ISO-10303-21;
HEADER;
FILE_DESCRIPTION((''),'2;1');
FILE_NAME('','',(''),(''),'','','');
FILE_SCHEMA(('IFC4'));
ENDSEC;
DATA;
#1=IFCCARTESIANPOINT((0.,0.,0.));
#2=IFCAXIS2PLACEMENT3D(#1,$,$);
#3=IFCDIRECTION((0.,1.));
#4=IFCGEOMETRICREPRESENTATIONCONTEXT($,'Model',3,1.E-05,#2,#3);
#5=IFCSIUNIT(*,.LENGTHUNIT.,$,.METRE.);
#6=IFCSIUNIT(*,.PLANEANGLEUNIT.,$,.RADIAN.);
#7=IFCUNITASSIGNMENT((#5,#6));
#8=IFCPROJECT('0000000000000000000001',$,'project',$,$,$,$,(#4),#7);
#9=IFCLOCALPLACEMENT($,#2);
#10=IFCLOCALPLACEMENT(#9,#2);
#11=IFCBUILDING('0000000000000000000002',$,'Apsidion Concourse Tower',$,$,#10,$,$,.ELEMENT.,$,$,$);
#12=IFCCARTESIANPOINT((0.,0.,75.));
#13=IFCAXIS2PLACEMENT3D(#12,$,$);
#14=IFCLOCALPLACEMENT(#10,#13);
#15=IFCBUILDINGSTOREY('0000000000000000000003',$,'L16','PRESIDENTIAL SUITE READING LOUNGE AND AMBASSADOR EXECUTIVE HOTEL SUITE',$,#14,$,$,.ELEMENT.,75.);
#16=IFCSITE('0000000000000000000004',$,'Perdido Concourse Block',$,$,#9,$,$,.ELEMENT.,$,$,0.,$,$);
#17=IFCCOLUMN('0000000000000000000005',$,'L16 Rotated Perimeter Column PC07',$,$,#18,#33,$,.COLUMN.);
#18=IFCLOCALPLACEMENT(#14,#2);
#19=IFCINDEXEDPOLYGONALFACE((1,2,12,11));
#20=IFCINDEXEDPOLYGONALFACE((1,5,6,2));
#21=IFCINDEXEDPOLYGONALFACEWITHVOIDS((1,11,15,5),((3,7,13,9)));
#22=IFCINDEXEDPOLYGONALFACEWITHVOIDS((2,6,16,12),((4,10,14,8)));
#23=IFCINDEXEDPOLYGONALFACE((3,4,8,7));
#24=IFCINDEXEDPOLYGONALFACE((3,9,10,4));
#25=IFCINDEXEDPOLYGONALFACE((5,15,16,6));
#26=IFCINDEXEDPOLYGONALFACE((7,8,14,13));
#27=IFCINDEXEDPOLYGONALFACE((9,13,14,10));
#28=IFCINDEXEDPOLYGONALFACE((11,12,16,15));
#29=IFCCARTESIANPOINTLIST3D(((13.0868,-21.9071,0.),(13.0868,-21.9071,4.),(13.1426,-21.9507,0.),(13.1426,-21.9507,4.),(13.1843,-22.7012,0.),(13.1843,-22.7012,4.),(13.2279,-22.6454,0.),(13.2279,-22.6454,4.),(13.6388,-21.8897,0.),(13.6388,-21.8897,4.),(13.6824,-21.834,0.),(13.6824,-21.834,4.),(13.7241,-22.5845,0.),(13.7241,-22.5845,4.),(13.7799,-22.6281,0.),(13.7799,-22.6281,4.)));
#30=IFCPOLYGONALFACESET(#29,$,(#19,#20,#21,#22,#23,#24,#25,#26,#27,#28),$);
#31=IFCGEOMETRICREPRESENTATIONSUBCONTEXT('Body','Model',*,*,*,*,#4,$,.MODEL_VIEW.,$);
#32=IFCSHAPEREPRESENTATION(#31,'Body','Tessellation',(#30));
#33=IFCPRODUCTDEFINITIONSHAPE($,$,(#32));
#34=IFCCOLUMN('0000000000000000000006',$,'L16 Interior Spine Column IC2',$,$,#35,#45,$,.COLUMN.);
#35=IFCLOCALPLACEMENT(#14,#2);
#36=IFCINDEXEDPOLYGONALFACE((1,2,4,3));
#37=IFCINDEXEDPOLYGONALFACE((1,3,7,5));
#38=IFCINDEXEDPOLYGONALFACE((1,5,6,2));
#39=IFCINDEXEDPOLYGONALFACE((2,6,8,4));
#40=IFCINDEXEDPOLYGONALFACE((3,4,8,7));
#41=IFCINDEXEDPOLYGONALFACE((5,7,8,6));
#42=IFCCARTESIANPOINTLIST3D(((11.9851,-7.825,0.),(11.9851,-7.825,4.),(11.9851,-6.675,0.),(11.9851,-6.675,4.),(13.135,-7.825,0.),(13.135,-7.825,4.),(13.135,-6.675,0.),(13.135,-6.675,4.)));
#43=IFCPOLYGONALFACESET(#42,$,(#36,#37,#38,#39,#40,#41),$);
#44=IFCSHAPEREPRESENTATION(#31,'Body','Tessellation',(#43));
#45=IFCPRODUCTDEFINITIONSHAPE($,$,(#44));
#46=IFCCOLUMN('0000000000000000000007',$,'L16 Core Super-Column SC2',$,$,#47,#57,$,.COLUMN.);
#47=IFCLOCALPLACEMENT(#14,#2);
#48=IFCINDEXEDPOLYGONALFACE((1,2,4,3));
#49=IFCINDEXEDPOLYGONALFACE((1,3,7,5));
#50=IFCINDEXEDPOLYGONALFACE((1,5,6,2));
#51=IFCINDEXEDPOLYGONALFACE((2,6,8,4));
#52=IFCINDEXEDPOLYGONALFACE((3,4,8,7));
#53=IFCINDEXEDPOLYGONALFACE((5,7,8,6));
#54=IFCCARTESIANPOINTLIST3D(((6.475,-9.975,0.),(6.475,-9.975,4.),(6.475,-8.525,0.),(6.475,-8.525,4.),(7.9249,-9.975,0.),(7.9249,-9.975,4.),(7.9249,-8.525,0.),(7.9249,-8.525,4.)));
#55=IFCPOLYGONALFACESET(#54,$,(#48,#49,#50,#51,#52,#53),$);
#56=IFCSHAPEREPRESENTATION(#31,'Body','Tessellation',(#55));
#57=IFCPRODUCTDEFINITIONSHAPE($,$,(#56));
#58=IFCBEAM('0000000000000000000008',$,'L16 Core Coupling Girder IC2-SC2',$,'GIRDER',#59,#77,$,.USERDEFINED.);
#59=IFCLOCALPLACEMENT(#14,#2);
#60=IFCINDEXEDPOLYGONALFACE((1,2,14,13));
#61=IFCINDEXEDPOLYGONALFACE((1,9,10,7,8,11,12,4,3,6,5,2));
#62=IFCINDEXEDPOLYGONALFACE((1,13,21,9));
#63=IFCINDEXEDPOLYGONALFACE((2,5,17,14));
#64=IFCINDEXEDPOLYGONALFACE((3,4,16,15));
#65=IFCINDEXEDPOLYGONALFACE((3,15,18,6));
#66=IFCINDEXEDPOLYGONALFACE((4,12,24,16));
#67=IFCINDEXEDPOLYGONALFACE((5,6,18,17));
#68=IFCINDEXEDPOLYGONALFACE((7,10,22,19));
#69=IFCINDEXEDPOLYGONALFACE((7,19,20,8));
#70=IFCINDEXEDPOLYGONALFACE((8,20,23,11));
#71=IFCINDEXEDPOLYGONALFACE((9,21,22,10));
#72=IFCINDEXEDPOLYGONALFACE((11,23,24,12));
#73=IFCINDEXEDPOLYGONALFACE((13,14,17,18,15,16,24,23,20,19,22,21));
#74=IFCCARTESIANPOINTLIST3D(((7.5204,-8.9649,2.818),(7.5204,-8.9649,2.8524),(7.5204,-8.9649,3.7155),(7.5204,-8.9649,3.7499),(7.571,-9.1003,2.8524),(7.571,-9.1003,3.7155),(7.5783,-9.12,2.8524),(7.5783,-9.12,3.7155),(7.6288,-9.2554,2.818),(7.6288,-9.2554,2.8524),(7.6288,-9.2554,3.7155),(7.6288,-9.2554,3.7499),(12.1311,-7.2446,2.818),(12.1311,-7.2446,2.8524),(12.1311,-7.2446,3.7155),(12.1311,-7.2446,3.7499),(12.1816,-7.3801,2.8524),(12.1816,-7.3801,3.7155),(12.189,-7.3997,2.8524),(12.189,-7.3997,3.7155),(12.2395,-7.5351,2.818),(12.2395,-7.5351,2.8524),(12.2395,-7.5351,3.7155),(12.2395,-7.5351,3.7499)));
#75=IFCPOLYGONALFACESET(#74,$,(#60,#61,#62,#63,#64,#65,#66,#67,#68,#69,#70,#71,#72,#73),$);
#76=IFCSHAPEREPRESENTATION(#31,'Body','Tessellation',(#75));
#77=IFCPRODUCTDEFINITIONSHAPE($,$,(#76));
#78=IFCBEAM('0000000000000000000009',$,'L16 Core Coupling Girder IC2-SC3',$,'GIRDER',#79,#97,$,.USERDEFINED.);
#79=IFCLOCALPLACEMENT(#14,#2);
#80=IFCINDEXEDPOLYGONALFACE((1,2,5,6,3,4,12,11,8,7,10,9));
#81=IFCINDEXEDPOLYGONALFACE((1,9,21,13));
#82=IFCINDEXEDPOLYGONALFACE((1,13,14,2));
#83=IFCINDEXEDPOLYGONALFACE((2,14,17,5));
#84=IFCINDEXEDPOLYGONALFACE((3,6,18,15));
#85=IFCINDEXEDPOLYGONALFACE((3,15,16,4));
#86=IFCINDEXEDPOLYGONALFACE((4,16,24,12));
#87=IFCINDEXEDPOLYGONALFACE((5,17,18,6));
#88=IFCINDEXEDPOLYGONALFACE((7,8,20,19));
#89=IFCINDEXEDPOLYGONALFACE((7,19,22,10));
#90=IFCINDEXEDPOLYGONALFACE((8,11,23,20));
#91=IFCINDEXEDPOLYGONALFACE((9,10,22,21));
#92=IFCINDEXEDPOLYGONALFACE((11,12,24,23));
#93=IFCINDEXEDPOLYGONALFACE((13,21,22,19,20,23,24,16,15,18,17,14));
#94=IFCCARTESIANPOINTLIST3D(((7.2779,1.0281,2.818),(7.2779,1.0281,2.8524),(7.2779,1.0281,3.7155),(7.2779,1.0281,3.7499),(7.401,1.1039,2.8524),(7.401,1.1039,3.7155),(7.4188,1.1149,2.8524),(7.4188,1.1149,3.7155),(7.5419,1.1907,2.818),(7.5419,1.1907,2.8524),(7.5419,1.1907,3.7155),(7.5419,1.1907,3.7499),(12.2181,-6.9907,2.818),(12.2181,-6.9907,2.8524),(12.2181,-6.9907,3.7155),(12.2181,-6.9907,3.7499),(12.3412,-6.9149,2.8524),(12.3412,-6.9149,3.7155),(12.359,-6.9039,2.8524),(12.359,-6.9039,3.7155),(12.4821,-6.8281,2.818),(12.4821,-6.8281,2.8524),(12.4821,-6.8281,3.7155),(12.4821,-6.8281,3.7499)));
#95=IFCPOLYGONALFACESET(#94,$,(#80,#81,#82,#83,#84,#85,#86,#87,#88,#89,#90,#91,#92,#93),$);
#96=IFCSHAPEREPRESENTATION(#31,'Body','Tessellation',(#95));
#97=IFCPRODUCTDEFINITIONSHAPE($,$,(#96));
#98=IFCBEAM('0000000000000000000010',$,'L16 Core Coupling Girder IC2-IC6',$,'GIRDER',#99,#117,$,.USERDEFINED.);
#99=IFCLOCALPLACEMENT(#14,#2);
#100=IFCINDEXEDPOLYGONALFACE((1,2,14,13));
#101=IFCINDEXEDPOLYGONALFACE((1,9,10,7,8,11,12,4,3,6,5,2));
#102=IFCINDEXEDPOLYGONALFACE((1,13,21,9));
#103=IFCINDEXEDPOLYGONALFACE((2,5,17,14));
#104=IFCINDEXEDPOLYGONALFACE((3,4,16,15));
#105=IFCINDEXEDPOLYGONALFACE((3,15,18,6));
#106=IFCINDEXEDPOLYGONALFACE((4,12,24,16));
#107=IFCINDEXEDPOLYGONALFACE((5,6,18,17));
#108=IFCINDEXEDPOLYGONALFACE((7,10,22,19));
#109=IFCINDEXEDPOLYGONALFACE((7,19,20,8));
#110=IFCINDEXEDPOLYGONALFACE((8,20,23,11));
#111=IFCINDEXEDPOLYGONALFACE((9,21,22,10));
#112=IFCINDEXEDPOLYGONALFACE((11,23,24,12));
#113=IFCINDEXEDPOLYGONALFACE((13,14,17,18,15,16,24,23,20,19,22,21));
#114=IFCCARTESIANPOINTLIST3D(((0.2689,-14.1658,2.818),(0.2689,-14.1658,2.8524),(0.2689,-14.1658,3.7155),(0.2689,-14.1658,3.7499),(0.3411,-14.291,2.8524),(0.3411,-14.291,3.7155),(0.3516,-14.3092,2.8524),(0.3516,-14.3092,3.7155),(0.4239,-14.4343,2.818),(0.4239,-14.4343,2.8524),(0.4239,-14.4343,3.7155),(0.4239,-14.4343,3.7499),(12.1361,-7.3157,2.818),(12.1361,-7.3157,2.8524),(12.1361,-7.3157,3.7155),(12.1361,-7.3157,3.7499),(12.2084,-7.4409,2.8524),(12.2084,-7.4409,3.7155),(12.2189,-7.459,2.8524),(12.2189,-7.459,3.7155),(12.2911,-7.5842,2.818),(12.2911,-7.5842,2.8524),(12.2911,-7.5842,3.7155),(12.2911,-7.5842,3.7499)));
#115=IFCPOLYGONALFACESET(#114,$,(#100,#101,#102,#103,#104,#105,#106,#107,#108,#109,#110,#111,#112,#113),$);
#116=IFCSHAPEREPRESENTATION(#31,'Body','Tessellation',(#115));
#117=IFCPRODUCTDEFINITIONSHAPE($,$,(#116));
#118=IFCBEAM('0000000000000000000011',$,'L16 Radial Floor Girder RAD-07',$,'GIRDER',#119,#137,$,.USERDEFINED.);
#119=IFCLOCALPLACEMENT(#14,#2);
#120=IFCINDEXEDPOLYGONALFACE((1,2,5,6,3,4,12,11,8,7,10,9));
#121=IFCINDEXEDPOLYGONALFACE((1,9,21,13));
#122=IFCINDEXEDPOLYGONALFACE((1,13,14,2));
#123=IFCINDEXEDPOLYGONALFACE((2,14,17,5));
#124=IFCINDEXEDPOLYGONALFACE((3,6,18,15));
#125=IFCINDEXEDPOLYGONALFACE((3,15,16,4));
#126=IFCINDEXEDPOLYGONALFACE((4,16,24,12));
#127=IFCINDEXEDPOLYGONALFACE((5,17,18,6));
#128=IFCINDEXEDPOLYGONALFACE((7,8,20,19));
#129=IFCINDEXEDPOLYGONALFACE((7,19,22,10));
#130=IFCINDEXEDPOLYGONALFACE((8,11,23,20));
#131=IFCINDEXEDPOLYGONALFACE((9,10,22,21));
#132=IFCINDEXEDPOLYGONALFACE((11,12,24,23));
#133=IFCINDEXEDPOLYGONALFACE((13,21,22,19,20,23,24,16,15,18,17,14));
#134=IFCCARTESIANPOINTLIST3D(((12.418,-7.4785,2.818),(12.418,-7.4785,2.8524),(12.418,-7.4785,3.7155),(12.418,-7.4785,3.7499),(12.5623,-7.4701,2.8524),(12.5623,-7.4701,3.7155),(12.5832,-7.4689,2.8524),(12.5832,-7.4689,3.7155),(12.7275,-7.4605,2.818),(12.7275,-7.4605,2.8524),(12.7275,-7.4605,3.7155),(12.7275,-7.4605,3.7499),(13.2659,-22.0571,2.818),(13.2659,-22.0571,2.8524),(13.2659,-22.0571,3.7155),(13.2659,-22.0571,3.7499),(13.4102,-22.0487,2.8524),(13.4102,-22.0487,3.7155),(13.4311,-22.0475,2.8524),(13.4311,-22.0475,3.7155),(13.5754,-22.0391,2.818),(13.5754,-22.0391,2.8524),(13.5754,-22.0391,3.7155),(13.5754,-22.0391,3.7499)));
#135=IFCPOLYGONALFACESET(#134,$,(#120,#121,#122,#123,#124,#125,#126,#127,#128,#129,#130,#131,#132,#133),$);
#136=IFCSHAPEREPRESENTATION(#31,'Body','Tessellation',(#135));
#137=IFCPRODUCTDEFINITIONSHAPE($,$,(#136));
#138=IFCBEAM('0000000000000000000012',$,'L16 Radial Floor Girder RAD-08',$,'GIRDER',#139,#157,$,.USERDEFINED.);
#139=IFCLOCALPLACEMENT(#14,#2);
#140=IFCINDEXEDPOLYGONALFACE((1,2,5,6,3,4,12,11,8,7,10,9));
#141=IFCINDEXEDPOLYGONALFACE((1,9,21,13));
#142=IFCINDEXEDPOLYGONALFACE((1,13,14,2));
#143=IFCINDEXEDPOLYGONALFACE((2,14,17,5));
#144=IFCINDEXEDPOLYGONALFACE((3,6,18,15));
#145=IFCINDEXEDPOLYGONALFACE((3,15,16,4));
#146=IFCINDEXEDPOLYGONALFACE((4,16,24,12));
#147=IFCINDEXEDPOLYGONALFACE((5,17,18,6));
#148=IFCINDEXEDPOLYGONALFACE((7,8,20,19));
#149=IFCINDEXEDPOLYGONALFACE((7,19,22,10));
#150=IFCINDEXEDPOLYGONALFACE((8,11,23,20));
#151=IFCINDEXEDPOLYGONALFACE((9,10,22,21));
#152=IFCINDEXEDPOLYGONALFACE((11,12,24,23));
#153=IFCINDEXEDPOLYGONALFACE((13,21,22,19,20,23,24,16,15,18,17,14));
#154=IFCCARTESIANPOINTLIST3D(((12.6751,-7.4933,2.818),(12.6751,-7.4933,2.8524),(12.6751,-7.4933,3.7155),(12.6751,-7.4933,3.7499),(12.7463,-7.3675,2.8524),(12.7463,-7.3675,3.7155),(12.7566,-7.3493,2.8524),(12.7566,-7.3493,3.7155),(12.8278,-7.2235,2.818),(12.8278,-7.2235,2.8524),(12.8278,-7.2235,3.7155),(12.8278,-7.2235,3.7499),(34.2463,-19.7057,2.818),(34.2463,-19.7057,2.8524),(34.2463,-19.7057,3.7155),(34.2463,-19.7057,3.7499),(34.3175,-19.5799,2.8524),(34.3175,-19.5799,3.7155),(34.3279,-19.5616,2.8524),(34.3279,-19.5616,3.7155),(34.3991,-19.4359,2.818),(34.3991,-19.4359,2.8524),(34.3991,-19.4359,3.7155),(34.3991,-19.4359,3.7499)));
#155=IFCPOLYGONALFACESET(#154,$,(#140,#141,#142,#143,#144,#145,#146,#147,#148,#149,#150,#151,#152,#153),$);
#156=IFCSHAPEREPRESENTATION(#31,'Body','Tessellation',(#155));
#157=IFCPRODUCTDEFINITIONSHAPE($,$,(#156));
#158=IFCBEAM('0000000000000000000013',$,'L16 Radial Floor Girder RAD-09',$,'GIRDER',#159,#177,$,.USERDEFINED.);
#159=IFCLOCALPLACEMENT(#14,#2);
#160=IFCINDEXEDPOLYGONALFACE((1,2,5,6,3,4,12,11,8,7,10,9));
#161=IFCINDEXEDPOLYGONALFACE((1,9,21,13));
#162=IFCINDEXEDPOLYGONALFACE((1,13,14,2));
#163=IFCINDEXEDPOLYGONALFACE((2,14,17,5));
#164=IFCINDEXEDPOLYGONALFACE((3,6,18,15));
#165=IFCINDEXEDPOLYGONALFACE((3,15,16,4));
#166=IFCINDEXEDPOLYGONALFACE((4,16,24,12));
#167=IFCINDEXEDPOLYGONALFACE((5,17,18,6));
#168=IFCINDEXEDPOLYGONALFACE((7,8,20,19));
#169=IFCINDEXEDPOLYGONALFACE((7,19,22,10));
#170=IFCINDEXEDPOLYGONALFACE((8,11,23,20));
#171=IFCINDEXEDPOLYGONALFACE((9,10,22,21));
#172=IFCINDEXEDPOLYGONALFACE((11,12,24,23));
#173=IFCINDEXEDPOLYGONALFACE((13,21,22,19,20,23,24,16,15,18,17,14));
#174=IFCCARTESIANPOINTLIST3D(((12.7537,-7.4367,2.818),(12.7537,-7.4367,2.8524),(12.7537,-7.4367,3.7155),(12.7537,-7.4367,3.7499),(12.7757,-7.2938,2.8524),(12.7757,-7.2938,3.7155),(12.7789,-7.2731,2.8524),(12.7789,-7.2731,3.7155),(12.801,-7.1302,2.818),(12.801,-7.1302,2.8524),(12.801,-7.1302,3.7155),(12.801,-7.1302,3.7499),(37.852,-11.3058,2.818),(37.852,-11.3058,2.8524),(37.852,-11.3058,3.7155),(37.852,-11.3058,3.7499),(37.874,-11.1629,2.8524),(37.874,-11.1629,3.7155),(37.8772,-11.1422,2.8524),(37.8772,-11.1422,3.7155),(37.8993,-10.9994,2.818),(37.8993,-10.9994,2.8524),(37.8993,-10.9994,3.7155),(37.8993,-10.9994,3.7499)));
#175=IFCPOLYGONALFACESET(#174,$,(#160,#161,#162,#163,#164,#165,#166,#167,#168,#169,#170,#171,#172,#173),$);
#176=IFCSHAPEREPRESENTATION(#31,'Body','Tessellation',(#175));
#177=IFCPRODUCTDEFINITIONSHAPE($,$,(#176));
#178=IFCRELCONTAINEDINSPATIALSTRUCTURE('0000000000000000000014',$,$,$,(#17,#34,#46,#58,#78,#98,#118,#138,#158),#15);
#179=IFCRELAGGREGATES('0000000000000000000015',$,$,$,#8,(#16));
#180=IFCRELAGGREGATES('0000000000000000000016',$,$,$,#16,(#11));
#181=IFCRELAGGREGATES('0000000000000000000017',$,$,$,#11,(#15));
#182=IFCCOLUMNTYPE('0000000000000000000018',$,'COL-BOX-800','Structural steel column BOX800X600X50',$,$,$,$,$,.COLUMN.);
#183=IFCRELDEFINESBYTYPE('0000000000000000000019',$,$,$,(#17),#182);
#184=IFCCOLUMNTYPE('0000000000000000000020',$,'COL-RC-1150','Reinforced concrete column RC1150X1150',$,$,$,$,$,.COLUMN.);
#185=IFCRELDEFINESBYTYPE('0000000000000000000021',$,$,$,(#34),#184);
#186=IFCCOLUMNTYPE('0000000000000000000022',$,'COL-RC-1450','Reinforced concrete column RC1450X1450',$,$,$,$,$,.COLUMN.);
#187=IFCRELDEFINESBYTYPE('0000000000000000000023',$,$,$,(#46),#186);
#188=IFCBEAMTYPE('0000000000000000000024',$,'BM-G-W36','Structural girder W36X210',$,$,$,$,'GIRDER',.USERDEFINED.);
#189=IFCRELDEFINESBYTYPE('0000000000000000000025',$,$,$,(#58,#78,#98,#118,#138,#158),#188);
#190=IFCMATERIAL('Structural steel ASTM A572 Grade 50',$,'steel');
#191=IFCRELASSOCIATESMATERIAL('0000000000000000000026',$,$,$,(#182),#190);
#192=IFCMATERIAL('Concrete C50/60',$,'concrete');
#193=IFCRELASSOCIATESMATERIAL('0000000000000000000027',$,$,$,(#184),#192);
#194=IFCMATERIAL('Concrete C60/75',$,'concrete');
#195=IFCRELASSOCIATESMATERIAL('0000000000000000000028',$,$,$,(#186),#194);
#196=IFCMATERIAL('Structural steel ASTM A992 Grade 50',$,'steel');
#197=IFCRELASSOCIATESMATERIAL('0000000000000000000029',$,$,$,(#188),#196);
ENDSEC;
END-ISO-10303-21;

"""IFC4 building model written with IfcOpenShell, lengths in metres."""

from ifc_helpers import new_model, si_unit, direction, frame, origin, origin_2d, place, context, subcontext, project, spatial, rectangle, hollow_rectangle, i_section, extrude, material, material_profile, profile_set, type_object, element, save


model = new_model("IFC4")

# Units and contexts
model_context = context("Model", 3, precision=1e-05, world=origin(), true_north=direction((0.0, 1.0)))
body_context = subcontext(model_context, "Body", "Model", "MODEL_VIEW")
ifc_project = project(units=[si_unit("LENGTHUNIT", "METRE"), si_unit("PLANEANGLEUNIT", "RADIAN")], contexts=[model_context])

# Site, building, storey
site_placement = place(None, origin())
site = spatial("IfcSite", under=ifc_project, at=site_placement, Name="Perdido Concourse Block", CompositionType="ELEMENT", RefElevation=0.0)
building_placement = place(site_placement, origin())
building = spatial("IfcBuilding", under=site, at=building_placement, Name="Apsidion Concourse Tower", CompositionType="ELEMENT")
storey_placement = place(building_placement, frame((0.0, 0.0, 75.0)))
storey = spatial("IfcBuildingStorey", under=building, at=storey_placement, Name="L16", Description="PRESIDENTIAL SUITE READING LOUNGE AND AMBASSADOR EXECUTIVE HOTEL SUITE", CompositionType="ELEMENT", Elevation=75.0)

# Columns
ifc_material_1 = material(Name="Structural steel ASTM A572 Grade 50", Category="steel")
ifc_material_profile_1 = material_profile(ifc_material_1, hollow_rectangle(XDim=0.6001, YDim=0.8, WallThickness=0.05, at=origin_2d()), Name="BOX800X600X50")
ifc_profile_set_1 = profile_set([ifc_material_profile_1], Name="Structural steel ASTM A572 Grade 50")
column_type_1 = type_object("IfcColumnType", Name="COL-BOX-800", Description="Structural steel column BOX800X600X50", PredefinedType="COLUMN", material=ifc_profile_set_1)
column_1_placement = place(storey_placement, frame((13.4333, -22.2676, 0.0), z_axis=(0.0, 0.0, 1.0), x_axis=(0.992546, 0.121869, 0.0)))
element("IfcColumn", 1, at=column_1_placement, inside=storey, type_object=column_type_1, Name="L16 Rotated Perimeter Column PC07", PredefinedType="COLUMN", context=body_context, shape_type="SweptSolid", body=[
    extrude(hollow_rectangle(XDim=0.6001, YDim=0.8, WallThickness=0.05, at=origin_2d()), origin(), (0.0, 0.0, 1.0), 4.0),
])
ifc_material_2 = material(Name="Concrete C50/60", Category="concrete")
ifc_material_profile_2 = material_profile(ifc_material_2, rectangle(XDim=1.1499, YDim=1.1499, at=origin_2d()), Name="RC 1150x1150")
ifc_profile_set_2 = profile_set([ifc_material_profile_2], Name="Concrete C50/60")
column_type_2 = type_object("IfcColumnType", Name="COL-RC-1150", Description="Reinforced concrete column RC1150X1150", PredefinedType="COLUMN", material=ifc_profile_set_2)
column_2_placement = place(storey_placement, frame((12.5601, -7.25, 0.0), z_axis=(0.0, 0.0, 1.0), x_axis=(1.0, 0.0, 0.0)))
element("IfcColumn", 2, at=column_2_placement, inside=storey, type_object=column_type_2, Name="L16 Interior Spine Column IC2", PredefinedType="COLUMN", context=body_context, shape_type="SweptSolid", body=[
    extrude(rectangle(XDim=1.1499, YDim=1.1499, at=origin_2d()), origin(), (0.0, 0.0, 1.0), 4.0),
])
ifc_material_3 = material(Name="Concrete C60/75", Category="concrete")
ifc_material_profile_3 = material_profile(ifc_material_3, rectangle(XDim=1.45, YDim=1.45, at=origin_2d()), Name="RC 1450x1450")
ifc_profile_set_3 = profile_set([ifc_material_profile_3], Name="Concrete C60/75")
column_type_3 = type_object("IfcColumnType", Name="COL-RC-1450", Description="Reinforced concrete column RC1450X1450", PredefinedType="COLUMN", material=ifc_profile_set_3)
column_3_placement = place(storey_placement, frame((7.2, -9.25, 0.0), z_axis=(0.0, 0.0, 1.0), x_axis=(1.0, 0.0, 0.0)))
element("IfcColumn", 3, at=column_3_placement, inside=storey, type_object=column_type_3, Name="L16 Core Super-Column SC2", PredefinedType="COLUMN", context=body_context, shape_type="SweptSolid", body=[
    extrude(rectangle(XDim=1.45, YDim=1.45, at=origin_2d()), origin(), (0.0, 0.0, 1.0), 4.0),
])

# Beams
ifc_material_4 = material(Name="Structural steel ASTM A992 Grade 50", Category="steel")
ifc_material_profile_4 = material_profile(ifc_material_4, i_section(OverallWidth=0.3101, OverallDepth=0.9319, WebThickness=0.021, FlangeThickness=0.0344, at=origin_2d()), Name="W36X210")
ifc_profile_set_4 = profile_set([ifc_material_profile_4], Name="Structural steel ASTM A992 Grade 50")
beam_type_1 = type_object("IfcBeamType", Name="BM-G-W36", Description="Structural girder W36X210", ElementType="GIRDER", PredefinedType="USERDEFINED", material=ifc_profile_set_4)
beam_1_placement = place(storey_placement, frame((12.1853, -7.3899, 3.2839), z_axis=(-0.936913, -0.349563, 0.0), x_axis=(0.349563, -0.936913, 0.0)))
element("IfcBeam", 4, at=beam_1_placement, inside=storey, type_object=beam_type_1, Name="L16 Core Coupling Girder IC2-SC2", ObjectType="GIRDER", PredefinedType="USERDEFINED", context=body_context, shape_type="SweptSolid", body=[
    extrude(i_section(OverallWidth=0.3101, OverallDepth=0.9319, WebThickness=0.021, FlangeThickness=0.0344, at=origin_2d()), origin(), (0.0, 0.0, 1.0), 4.9211),
])
beam_2_placement = place(storey_placement, frame((12.3501, -6.9094, 3.2839), z_axis=(-0.524524, 0.851396, 0.0), x_axis=(-0.851396, -0.524524, 0.0)))
element("IfcBeam", 5, at=beam_2_placement, inside=storey, type_object=beam_type_1, Name="L16 Core Coupling Girder IC2-SC3", ObjectType="GIRDER", PredefinedType="USERDEFINED", context=body_context, shape_type="SweptSolid", body=[
    extrude(i_section(OverallWidth=0.3101, OverallDepth=0.9319, WebThickness=0.021, FlangeThickness=0.0344, at=origin_2d()), origin(), (0.0, 0.0, 1.0), 9.4185),
])
beam_3_placement = place(storey_placement, frame((12.2136, -7.45, 3.2839), z_axis=(-0.86607, -0.499922, 0.0), x_axis=(0.499922, -0.86607, 0.0)))
element("IfcBeam", 6, at=beam_3_placement, inside=storey, type_object=beam_type_1, Name="L16 Core Coupling Girder IC2-IC6", ObjectType="GIRDER", PredefinedType="USERDEFINED", context=body_context, shape_type="SweptSolid", body=[
    extrude(i_section(OverallWidth=0.3101, OverallDepth=0.9319, WebThickness=0.021, FlangeThickness=0.0344, at=origin_2d()), origin(), (0.0, 0.0, 1.0), 13.7024),
])
beam_4_placement = place(storey_placement, frame((12.5728, -7.4695, 3.2839), z_axis=(0.058062, -0.998313, 0.0), x_axis=(0.998313, 0.058062, 0.0)))
element("IfcBeam", 7, at=beam_4_placement, inside=storey, type_object=beam_type_1, Name="L16 Radial Floor Girder RAD-07", ObjectType="GIRDER", PredefinedType="USERDEFINED", context=body_context, shape_type="SweptSolid", body=[
    extrude(i_section(OverallWidth=0.3101, OverallDepth=0.9319, WebThickness=0.021, FlangeThickness=0.0344, at=origin_2d()), origin(), (0.0, 0.0, 1.0), 14.6033),
])
beam_5_placement = place(storey_placement, frame((12.7515, -7.3584, 3.2839), z_axis=(0.870218, -0.492667, 0.0), x_axis=(0.492667, 0.870218, 0.0)))
element("IfcBeam", 8, at=beam_5_placement, inside=storey, type_object=beam_type_1, Name="L16 Radial Floor Girder RAD-08", ObjectType="GIRDER", PredefinedType="USERDEFINED", context=body_context, shape_type="SweptSolid", body=[
    extrude(i_section(OverallWidth=0.3101, OverallDepth=0.9319, WebThickness=0.021, FlangeThickness=0.0344, at=origin_2d()), origin(), (0.0, 0.0, 1.0), 24.7883),
])
beam_6_placement = place(storey_placement, frame((12.7773, -7.2834, 3.2839), z_axis=(0.988325, -0.152359, 0.0), x_axis=(0.152359, 0.988325, 0.0)))
element("IfcBeam", 9, at=beam_6_placement, inside=storey, type_object=beam_type_1, Name="L16 Radial Floor Girder RAD-09", ObjectType="GIRDER", PredefinedType="USERDEFINED", context=body_context, shape_type="SweptSolid", body=[
    extrude(i_section(OverallWidth=0.3101, OverallDepth=0.9319, WebThickness=0.021, FlangeThickness=0.0344, at=origin_2d()), origin(), (0.0, 0.0, 1.0), 25.3948),
])

save(model, "model.ifc")
